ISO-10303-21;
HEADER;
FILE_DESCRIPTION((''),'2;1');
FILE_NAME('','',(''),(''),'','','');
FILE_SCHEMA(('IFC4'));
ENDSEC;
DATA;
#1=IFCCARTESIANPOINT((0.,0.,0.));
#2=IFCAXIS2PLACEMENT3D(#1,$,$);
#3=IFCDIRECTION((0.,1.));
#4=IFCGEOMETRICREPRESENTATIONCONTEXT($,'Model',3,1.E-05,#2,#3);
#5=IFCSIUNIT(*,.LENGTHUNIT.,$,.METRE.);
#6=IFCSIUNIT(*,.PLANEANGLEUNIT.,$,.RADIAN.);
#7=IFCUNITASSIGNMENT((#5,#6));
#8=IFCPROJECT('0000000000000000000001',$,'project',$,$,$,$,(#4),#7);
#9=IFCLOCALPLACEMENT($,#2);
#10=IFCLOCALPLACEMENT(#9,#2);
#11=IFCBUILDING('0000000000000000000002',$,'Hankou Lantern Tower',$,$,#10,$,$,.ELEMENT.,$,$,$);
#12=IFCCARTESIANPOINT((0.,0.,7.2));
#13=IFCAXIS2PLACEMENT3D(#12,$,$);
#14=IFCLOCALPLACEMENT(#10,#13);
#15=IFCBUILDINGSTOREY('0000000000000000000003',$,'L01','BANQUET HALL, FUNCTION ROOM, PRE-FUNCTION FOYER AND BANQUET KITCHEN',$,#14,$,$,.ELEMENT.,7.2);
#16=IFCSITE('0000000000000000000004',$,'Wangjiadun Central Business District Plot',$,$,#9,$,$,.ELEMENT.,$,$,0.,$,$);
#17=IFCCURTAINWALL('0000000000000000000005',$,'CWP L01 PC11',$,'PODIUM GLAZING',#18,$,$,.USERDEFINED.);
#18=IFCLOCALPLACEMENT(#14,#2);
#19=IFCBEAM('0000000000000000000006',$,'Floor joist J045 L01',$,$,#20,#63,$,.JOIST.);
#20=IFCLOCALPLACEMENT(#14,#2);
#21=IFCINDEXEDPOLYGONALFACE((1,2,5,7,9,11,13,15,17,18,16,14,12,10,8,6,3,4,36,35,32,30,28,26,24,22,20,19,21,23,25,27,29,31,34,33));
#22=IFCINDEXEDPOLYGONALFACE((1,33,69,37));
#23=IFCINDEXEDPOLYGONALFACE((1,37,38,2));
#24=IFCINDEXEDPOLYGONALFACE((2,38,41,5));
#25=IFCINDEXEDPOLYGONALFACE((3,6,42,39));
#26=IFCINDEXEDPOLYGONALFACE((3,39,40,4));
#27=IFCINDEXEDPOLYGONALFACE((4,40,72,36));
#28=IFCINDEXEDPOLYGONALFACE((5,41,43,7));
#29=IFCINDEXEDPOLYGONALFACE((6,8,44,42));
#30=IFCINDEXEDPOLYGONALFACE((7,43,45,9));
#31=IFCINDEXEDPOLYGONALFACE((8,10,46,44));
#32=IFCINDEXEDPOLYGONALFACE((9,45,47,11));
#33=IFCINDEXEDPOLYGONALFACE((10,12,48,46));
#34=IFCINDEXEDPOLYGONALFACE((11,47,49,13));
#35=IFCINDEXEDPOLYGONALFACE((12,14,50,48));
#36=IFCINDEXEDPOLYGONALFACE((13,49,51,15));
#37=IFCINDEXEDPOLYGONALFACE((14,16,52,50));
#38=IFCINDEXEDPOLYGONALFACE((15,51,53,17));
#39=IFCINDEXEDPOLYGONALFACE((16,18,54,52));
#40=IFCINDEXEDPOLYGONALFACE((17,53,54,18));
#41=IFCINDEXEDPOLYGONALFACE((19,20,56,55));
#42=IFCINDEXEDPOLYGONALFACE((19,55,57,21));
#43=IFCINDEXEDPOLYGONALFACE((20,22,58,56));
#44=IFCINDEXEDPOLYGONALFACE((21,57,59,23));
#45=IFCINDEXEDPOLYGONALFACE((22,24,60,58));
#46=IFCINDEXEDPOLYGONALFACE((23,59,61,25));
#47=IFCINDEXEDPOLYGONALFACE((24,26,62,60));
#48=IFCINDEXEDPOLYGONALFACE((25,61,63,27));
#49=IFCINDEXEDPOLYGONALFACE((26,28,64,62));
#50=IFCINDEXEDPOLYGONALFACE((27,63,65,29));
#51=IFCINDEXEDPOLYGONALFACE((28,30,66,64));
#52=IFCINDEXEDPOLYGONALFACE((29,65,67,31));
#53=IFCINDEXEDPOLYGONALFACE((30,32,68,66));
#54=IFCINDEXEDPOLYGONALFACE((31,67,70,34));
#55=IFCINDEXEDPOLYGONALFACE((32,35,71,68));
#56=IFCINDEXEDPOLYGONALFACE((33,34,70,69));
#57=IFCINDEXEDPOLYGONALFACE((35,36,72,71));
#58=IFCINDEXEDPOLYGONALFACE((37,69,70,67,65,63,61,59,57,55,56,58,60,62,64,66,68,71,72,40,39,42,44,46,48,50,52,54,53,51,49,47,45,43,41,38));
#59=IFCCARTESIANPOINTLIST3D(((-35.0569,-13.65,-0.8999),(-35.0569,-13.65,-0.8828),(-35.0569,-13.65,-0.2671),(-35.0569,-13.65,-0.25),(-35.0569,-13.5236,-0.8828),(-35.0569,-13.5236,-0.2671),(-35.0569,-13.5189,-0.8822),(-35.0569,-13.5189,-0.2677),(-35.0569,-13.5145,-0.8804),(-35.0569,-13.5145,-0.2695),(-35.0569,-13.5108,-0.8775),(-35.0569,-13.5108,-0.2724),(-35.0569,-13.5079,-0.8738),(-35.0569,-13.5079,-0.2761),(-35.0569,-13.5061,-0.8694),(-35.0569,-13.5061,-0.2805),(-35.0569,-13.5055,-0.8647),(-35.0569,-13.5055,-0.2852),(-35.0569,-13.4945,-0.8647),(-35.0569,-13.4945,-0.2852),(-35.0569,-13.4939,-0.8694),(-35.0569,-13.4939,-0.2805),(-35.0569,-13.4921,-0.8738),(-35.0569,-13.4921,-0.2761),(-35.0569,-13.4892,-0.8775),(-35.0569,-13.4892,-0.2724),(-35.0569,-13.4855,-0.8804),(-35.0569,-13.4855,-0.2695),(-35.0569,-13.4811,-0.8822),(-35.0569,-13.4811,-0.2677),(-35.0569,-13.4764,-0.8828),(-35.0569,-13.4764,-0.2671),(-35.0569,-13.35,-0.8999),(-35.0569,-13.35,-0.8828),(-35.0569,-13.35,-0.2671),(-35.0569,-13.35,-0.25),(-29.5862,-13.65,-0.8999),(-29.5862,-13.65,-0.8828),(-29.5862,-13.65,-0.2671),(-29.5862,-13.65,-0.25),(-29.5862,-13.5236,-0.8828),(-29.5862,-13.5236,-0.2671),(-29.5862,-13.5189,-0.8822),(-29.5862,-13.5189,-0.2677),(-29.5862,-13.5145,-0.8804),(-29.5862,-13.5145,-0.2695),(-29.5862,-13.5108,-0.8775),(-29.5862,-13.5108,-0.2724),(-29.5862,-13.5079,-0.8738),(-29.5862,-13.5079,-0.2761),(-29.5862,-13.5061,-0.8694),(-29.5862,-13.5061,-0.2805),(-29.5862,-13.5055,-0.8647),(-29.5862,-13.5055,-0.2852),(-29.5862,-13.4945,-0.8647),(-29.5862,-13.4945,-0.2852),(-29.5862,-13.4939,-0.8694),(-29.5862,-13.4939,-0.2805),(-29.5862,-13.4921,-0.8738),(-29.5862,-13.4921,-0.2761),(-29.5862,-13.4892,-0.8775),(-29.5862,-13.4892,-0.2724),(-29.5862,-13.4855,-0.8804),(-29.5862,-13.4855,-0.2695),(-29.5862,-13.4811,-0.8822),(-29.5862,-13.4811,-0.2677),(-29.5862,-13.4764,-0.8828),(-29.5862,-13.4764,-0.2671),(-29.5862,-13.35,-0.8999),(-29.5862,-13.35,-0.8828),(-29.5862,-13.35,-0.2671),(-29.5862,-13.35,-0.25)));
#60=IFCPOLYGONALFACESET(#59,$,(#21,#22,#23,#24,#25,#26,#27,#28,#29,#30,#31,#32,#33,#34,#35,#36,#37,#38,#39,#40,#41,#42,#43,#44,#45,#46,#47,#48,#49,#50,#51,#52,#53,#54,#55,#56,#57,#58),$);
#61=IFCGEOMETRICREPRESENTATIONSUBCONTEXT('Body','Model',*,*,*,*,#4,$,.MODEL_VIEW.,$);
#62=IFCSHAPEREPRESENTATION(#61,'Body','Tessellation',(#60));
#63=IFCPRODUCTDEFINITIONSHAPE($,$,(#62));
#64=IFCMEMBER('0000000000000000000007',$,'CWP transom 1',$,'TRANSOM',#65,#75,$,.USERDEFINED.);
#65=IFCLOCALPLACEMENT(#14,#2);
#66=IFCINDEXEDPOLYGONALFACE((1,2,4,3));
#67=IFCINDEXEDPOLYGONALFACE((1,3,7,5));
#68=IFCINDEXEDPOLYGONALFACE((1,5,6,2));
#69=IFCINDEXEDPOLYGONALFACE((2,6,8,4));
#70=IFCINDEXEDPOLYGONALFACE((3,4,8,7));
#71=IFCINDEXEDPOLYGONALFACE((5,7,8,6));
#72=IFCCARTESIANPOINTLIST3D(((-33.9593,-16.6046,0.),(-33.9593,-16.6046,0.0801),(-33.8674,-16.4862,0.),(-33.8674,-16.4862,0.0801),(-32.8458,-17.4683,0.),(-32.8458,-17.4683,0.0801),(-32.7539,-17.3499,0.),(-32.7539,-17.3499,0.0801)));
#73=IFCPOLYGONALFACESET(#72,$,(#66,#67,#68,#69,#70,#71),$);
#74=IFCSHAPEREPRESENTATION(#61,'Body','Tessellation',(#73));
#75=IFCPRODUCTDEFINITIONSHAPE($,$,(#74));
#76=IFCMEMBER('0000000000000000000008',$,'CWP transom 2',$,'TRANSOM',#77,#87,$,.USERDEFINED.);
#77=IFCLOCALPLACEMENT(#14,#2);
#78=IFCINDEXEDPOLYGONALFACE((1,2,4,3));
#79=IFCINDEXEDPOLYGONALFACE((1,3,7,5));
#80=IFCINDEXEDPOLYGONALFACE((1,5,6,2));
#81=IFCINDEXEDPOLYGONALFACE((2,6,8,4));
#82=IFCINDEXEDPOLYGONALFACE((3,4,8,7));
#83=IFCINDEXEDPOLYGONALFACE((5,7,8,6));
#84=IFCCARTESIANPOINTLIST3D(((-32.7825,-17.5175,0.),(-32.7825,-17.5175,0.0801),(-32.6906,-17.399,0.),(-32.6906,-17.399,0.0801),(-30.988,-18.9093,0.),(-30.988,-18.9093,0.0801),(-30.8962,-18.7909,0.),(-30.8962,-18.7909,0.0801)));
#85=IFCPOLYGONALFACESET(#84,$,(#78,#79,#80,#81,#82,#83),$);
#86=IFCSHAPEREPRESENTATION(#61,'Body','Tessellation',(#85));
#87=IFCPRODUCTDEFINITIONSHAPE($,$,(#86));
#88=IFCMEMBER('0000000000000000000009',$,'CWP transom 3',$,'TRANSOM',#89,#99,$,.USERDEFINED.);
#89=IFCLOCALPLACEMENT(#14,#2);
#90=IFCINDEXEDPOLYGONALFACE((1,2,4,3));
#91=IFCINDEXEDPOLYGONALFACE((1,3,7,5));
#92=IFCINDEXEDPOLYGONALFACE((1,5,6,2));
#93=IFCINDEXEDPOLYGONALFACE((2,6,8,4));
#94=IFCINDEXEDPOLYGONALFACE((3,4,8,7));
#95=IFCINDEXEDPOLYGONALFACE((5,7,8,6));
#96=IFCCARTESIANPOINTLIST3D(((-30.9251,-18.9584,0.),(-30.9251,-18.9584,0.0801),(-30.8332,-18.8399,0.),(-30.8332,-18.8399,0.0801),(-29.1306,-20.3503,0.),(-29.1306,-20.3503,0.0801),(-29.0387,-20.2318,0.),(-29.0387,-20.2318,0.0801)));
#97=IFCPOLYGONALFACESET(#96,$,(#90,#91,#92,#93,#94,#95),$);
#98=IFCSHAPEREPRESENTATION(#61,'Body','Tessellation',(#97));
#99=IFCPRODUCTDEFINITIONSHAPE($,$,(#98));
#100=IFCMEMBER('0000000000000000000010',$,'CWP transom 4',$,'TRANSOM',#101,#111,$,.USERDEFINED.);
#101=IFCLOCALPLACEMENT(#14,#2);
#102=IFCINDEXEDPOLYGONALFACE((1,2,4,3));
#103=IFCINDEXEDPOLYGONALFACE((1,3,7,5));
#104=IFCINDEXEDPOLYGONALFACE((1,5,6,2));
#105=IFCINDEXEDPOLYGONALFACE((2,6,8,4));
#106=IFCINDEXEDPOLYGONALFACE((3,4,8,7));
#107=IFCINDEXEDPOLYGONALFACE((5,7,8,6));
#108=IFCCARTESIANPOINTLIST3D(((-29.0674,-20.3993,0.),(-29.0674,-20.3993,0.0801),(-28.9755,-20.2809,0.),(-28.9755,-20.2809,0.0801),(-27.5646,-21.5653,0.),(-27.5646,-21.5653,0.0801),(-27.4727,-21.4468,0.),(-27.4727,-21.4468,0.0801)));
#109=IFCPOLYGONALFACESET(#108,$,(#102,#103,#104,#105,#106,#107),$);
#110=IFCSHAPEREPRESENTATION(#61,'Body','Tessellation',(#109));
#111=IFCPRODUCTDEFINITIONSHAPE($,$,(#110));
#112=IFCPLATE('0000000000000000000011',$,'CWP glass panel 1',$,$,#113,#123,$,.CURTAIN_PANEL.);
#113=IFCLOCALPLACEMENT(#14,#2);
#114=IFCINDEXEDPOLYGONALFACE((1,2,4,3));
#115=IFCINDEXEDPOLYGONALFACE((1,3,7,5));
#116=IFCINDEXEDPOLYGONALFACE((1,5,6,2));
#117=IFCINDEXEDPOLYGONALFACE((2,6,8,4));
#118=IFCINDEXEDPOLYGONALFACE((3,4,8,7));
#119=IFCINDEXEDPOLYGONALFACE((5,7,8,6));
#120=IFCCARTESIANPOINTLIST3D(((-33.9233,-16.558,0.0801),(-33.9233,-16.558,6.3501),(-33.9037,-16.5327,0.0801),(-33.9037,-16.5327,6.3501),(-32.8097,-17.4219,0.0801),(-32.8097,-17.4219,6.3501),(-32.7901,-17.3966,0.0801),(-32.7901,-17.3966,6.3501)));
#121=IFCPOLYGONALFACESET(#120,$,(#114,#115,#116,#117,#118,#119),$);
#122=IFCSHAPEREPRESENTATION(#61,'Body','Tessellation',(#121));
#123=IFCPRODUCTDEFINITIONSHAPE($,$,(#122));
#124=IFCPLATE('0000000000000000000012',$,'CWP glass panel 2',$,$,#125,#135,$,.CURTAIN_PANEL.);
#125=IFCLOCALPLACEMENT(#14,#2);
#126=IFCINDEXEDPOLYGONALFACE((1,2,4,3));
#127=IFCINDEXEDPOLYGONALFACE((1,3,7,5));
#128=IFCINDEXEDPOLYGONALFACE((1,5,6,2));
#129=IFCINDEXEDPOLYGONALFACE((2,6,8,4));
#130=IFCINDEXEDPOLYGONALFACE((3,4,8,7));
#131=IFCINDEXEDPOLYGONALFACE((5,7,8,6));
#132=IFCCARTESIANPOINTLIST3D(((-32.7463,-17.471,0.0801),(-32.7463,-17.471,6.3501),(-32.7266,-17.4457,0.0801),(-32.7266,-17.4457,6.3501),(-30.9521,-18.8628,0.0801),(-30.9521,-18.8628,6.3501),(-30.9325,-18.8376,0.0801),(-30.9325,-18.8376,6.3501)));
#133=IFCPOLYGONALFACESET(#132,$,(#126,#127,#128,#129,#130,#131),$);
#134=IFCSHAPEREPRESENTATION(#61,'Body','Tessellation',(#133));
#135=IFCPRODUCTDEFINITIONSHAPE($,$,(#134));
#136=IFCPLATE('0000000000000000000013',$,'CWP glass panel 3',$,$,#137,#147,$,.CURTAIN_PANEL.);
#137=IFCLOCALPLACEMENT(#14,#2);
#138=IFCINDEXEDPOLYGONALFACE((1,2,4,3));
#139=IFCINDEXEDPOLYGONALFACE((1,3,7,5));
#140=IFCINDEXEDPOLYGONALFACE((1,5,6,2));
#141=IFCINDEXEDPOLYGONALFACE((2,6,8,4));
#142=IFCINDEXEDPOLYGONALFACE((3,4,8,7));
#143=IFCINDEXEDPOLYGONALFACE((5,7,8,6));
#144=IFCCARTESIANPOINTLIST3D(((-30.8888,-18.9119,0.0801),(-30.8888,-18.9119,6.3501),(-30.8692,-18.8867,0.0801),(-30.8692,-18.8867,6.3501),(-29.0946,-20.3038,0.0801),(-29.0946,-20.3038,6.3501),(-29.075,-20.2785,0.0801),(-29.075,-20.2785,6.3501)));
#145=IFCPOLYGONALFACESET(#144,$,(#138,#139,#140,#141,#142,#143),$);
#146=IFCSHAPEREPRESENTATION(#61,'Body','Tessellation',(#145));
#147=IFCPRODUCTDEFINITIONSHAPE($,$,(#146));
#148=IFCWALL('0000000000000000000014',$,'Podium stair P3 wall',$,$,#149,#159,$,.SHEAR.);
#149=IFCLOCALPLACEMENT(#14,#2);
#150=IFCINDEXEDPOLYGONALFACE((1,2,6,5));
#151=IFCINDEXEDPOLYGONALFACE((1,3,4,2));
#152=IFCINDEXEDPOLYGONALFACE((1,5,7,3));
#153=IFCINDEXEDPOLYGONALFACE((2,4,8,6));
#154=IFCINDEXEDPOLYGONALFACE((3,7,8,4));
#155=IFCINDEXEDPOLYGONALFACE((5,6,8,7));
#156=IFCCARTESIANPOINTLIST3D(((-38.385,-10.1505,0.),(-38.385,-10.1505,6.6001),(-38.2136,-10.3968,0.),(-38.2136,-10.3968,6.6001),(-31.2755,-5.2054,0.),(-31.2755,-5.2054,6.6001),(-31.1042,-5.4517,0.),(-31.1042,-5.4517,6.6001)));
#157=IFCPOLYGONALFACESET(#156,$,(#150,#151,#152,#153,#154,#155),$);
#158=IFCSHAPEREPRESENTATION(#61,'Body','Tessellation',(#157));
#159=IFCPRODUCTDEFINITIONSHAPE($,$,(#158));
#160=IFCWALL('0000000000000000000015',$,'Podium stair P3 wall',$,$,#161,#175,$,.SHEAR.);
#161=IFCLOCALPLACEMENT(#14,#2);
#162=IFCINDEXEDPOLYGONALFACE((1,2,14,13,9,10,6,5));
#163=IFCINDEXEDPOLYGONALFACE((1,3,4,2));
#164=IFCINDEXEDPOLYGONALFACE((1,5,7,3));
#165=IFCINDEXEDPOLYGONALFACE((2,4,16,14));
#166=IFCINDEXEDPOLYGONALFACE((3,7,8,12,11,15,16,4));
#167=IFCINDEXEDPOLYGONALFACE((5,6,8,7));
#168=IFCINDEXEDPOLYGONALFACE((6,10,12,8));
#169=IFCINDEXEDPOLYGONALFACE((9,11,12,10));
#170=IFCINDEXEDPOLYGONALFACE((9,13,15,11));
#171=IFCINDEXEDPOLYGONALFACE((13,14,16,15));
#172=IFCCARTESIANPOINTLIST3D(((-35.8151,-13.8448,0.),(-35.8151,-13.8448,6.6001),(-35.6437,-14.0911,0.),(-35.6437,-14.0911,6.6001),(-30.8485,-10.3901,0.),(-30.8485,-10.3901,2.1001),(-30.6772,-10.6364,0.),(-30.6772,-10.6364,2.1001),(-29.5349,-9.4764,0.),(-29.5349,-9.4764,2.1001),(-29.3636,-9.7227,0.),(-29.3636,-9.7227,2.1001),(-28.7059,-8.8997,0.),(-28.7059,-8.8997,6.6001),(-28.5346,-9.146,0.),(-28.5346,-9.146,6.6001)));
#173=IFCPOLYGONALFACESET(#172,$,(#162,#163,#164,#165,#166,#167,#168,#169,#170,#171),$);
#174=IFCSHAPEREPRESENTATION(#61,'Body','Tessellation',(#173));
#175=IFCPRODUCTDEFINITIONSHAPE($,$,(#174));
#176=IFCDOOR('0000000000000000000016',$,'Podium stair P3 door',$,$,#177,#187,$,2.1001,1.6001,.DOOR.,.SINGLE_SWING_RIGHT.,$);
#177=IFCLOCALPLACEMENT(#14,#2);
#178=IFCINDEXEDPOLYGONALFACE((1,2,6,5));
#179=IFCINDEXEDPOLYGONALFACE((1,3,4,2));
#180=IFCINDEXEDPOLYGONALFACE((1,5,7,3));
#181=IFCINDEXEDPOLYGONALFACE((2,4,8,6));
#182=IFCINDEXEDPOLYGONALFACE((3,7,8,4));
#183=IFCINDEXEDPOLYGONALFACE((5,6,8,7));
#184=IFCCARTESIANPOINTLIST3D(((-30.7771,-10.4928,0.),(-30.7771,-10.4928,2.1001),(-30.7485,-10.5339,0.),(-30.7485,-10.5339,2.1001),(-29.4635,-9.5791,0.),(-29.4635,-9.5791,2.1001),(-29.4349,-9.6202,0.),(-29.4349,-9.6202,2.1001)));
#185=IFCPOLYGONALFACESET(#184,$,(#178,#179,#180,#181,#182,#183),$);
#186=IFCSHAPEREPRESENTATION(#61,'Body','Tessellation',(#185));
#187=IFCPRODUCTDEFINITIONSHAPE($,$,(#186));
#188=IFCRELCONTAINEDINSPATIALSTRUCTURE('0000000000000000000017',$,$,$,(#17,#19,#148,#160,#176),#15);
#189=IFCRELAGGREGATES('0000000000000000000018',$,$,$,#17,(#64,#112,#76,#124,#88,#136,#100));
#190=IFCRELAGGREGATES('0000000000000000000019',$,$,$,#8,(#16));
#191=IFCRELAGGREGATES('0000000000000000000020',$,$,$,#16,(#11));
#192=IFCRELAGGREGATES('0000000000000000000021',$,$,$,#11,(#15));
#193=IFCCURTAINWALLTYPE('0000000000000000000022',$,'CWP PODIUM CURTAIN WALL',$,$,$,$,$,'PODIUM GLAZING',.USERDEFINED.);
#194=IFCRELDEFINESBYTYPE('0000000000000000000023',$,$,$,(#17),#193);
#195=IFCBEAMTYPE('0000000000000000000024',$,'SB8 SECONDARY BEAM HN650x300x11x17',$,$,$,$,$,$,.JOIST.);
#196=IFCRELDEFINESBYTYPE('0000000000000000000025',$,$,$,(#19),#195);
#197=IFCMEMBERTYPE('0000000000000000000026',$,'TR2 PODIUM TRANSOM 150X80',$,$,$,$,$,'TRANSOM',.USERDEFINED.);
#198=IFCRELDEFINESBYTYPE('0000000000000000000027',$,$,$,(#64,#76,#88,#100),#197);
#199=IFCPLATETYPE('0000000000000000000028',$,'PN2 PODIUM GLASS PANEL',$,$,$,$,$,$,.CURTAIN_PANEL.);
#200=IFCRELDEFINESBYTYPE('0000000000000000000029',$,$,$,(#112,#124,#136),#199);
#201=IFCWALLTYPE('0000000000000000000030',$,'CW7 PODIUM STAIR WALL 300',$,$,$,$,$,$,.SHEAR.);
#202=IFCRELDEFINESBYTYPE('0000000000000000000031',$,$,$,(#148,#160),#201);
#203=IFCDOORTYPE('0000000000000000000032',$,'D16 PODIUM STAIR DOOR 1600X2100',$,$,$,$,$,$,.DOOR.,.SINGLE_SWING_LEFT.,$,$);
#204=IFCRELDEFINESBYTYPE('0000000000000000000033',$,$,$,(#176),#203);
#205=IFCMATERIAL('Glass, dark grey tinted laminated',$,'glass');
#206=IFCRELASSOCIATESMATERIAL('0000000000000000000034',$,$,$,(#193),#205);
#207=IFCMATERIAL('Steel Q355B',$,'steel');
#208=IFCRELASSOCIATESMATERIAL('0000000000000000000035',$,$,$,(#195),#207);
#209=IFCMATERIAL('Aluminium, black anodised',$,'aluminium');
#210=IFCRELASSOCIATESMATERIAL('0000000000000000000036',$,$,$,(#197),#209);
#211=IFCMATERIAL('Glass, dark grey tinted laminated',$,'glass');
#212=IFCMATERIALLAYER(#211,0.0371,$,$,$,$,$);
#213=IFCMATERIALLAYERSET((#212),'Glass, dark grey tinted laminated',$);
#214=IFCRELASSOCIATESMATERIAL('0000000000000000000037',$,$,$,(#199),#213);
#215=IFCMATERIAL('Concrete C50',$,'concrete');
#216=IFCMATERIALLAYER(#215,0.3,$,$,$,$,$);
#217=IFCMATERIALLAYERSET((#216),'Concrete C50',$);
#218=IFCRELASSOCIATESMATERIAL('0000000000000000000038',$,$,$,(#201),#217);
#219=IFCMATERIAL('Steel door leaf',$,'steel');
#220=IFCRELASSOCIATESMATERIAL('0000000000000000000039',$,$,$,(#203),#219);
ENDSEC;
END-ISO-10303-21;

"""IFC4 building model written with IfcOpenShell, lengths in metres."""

from ifc_helpers import new_model, si_unit, direction, frame, frame_2d, origin, origin_2d, place, context, subcontext, project, spatial, rectangle, i_section, extrude, material, layer, layer_set, material_profile, profile_set, type_object, element, fill, aggregate, save


model = new_model("IFC4")

# Units and contexts
model_context = context("Model", 3, precision=1e-05, world=origin(), true_north=direction((0.0, 1.0)))
body_context = subcontext(model_context, "Body", "Model", "MODEL_VIEW")
ifc_project = project(units=[si_unit("LENGTHUNIT", "METRE"), si_unit("PLANEANGLEUNIT", "RADIAN")], contexts=[model_context])

# Site, building, storey
site_placement = place(None, origin())
site = spatial("IfcSite", under=ifc_project, at=site_placement, Name="Wangjiadun Central Business District Plot", CompositionType="ELEMENT", RefElevation=0.0)
building_placement = place(site_placement, origin())
building = spatial("IfcBuilding", under=site, at=building_placement, Name="Hankou Lantern Tower", CompositionType="ELEMENT")
storey_placement = place(building_placement, frame((0.0, 0.0, 7.2)))
storey = spatial("IfcBuildingStorey", under=building, at=storey_placement, Name="L01", Description="BANQUET HALL, FUNCTION ROOM, PRE-FUNCTION FOYER AND BANQUET KITCHEN", CompositionType="ELEMENT", Elevation=7.2)

# Curtain wall
ifc_material_1 = material(Name="Glass, dark grey tinted laminated", Category="glass")
curtain_wall_type = type_object("IfcCurtainWallType", Name="CWP PODIUM CURTAIN WALL", ElementType="PODIUM GLAZING", PredefinedType="USERDEFINED", material=ifc_material_1)
curtain_wall_placement = place(storey_placement, origin())
curtain_wall = element("IfcCurtainWall", 1, at=curtain_wall_placement, inside=storey, type_object=curtain_wall_type, Name="CWP L01 PC11", ObjectType="PODIUM GLAZING", PredefinedType="USERDEFINED")

# Beam
ifc_material_2 = material(Name="Steel Q355B", Category="steel")
ifc_material_profile_1 = material_profile(ifc_material_2, i_section(OverallWidth=0.3, OverallDepth=0.6499, WebThickness=0.011, FlangeThickness=0.0171, FilletRadius=0.0181, at=origin_2d()), Name="HN650x300x11x17")
ifc_profile_set_1 = profile_set([ifc_material_profile_1], Name="Steel Q355B")
beam_type_1 = type_object("IfcBeamType", Name="SB8 SECONDARY BEAM HN650x300x11x17", PredefinedType="JOIST", material=ifc_profile_set_1)
beam_1_placement = place(storey_placement, frame((-35.0569, -13.5, -0.575), z_axis=(1.0, 0.0, 0.0), x_axis=(0.0, 1.0, 0.0)))
element("IfcBeam", 2, at=beam_1_placement, inside=storey, type_object=beam_type_1, Name="Floor joist J045 L01", PredefinedType="JOIST", context=body_context, shape_type="SweptSolid", body=[
    extrude(i_section(OverallWidth=0.3, OverallDepth=0.6499, WebThickness=0.011, FlangeThickness=0.0171, FilletRadius=0.0181, at=origin_2d()), origin(), (0.0, 0.0, 1.0), 5.4707),
])

# Members
ifc_material_3 = material(Name="Aluminium, black anodised", Category="aluminium")
ifc_material_profile_2 = material_profile(ifc_material_3, rectangle(XDim=0.1499, YDim=0.0801, at=origin_2d()), Name="TR2 150X80")
ifc_profile_set_2 = profile_set([ifc_material_profile_2], Name="Aluminium, black anodised")
member_type_1 = type_object("IfcMemberType", Name="TR2 PODIUM TRANSOM 150X80", ElementType="TRANSOM", PredefinedType="USERDEFINED", material=ifc_profile_set_2)
member_1_placement = place(storey_placement, frame((-33.9133, -16.5454, 0.04), z_axis=(0.790144, -0.612921, 0.0), x_axis=(0.612921, 0.790144, 0.0)))
member_1 = element("IfcMember", 3, at=member_1_placement, type_object=member_type_1, Name="CWP transom 1", ObjectType="TRANSOM", PredefinedType="USERDEFINED", context=body_context, shape_type="SweptSolid", body=[
    extrude(rectangle(XDim=0.1499, YDim=0.0801, at=origin_2d()), origin(), (0.0, 0.0, 1.0), 1.4092),
])
member_2_placement = place(storey_placement, frame((-32.7366, -17.4583, 0.04), z_axis=(0.790168, -0.612891, 0.0), x_axis=(0.612891, 0.790168, 0.0)))
member_2 = element("IfcMember", 4, at=member_2_placement, type_object=member_type_1, Name="CWP transom 2", ObjectType="TRANSOM", PredefinedType="USERDEFINED", context=body_context, shape_type="SweptSolid", body=[
    extrude(rectangle(XDim=0.1499, YDim=0.0801, at=origin_2d()), origin(), (0.0, 0.0, 1.0), 2.271),
])
member_3_placement = place(storey_placement, frame((-30.8792, -18.8992, 0.04), z_axis=(0.790168, -0.612891, 0.0), x_axis=(0.612891, 0.790168, 0.0)))
member_3 = element("IfcMember", 5, at=member_3_placement, type_object=member_type_1, Name="CWP transom 3", ObjectType="TRANSOM", PredefinedType="USERDEFINED", context=body_context, shape_type="SweptSolid", body=[
    extrude(rectangle(XDim=0.1499, YDim=0.0801, at=origin_2d()), origin(), (0.0, 0.0, 1.0), 2.271),
])
member_4_placement = place(storey_placement, frame((-29.0215, -20.3401, 0.04), z_axis=(0.790098, -0.612981, 0.0), x_axis=(0.612981, 0.790098, 0.0)))
member_4 = element("IfcMember", 6, at=member_4_placement, type_object=member_type_1, Name="CWP transom 4", ObjectType="TRANSOM", PredefinedType="USERDEFINED", context=body_context, shape_type="SweptSolid", body=[
    extrude(rectangle(XDim=0.1499, YDim=0.0801, at=origin_2d()), origin(), (0.0, 0.0, 1.0), 1.9021),
])

# Plates
ifc_material_4 = material(Name="Glass, dark grey tinted laminated", Category="glass")
ifc_layer_1 = layer(ifc_material_4, 0.0371)
ifc_layer_set_1 = layer_set([ifc_layer_1], Name="Glass, dark grey tinted laminated")
plate_type = type_object("IfcPlateType", Name="PN2 PODIUM GLASS PANEL", PredefinedType="CURTAIN_PANEL", material=ifc_layer_set_1)
plate_1_placement = place(storey_placement, frame((-33.3567, -16.9773, 0.0801), z_axis=(0.0, 0.0, 1.0), x_axis=(0.79013, -0.61294, 0.0)))
plate_1 = element("IfcPlate", 7, at=plate_1_placement, type_object=plate_type, Name="CWP glass panel 1", PredefinedType="CURTAIN_PANEL", context=body_context, shape_type="SweptSolid", body=[
    extrude(rectangle(XDim=1.4094, YDim=0.032, at=origin_2d()), origin(), (0.0, 0.0, 1.0), 6.27),
])
plate_2_placement = place(storey_placement, frame((-31.8394, -18.1543, 0.0801), z_axis=(0.0, 0.0, 1.0), x_axis=(0.79013, -0.61294, 0.0)))
plate_2 = element("IfcPlate", 8, at=plate_2_placement, type_object=plate_type, Name="CWP glass panel 2", PredefinedType="CURTAIN_PANEL", context=body_context, shape_type="SweptSolid", body=[
    extrude(rectangle(XDim=2.2708, YDim=0.032, at=origin_2d()), origin(), (0.0, 0.0, 1.0), 6.27),
])
plate_3_placement = place(storey_placement, frame((-29.9819, -19.5952, 0.0801), z_axis=(0.0, 0.0, 1.0), x_axis=(0.79013, -0.61294, 0.0)))
plate_3 = element("IfcPlate", 9, at=plate_3_placement, type_object=plate_type, Name="CWP glass panel 3", PredefinedType="CURTAIN_PANEL", context=body_context, shape_type="SweptSolid", body=[
    extrude(rectangle(XDim=2.2708, YDim=0.032, at=origin_2d()), origin(), (0.0, 0.0, 1.0), 6.27),
])
aggregate(curtain_wall, [member_1, plate_1, member_2, plate_2, member_3, plate_3, member_4])

# Wall
ifc_material_5 = material(Name="Concrete C50", Category="concrete")
ifc_layer_2 = layer(ifc_material_5, 0.3)
ifc_layer_set_2 = layer_set([ifc_layer_2], Name="Concrete C50")
wall_type = type_object("IfcWallType", Name="CW7 PODIUM STAIR WALL 300", PredefinedType="SHEAR", material=ifc_layer_set_2)
wall_1_placement = place(storey_placement, frame((-38.2993, -10.2737, 0.0), z_axis=(0.0, 0.0, 1.0), x_axis=(0.820937, 0.571019, 0.0)))
element("IfcWall", 10, at=wall_1_placement, inside=storey, type_object=wall_type, Name="Podium stair P3 wall", PredefinedType="SHEAR", context=body_context, shape_type="SweptSolid", body=[
    extrude(rectangle(XDim=8.6602, YDim=0.3, at=frame_2d((4.3301, 0.0))), origin(), (0.0, 0.0, 1.0), 6.6001),
])

# Wall, opening, door
wall_2_placement = place(storey_placement, frame((-35.7295, -13.968, 0.0), z_axis=(0.0, 0.0, 1.0), x_axis=(0.820928, 0.571032, 0.0)))
wall_2 = element("IfcWall", 11, at=wall_2_placement, inside=storey, type_object=wall_type, Name="Podium stair P3 wall", PredefinedType="SHEAR", context=body_context, shape_type="SweptSolid", body=[
    extrude(rectangle(XDim=8.6599, YDim=0.3, at=frame_2d((4.3301, 0.0))), origin(), (0.0, 0.0, 1.0), 6.6001),
])
opening_placement = place(wall_2_placement, frame((6.05, 0.0, 0.0)))
opening = element("IfcOpeningElement", 12, at=opening_placement, cuts=wall_2, PredefinedType="OPENING", context=body_context, shape_type="SweptSolid", body=[
    extrude(rectangle(XDim=1.6001, YDim=2.1001, at=frame_2d((0.8, 1.05))), frame((0.0, 0.1599, 0.0), z_axis=(0.0, -1.0, 0.0), x_axis=(1.0, 0.0, 0.0)), (0.0, 0.0, 1.0), 0.3201),
])
ifc_material_6 = material(Name="Steel door leaf", Category="steel")
door_type = type_object("IfcDoorType", Name="D16 PODIUM STAIR DOOR 1600X2100", OperationType="SINGLE_SWING_LEFT", PredefinedType="DOOR", material=ifc_material_6)
door_placement = place(opening_placement, origin())
door = element("IfcDoor", 13, at=door_placement, inside=storey, type_object=door_type, Name="Podium stair P3 door", OperationType="SINGLE_SWING_RIGHT", OverallHeight=2.1001, OverallWidth=1.6001, PredefinedType="DOOR", context=body_context, shape_type="SweptSolid", body=[
    extrude(rectangle(XDim=1.6001, YDim=2.1001, at=frame_2d((0.8, 1.05))), frame((0.0, 0.0249, 0.0), z_axis=(0.0, -1.0, 0.0), x_axis=(1.0, 0.0, 0.0)), (0.0, 0.0, 1.0), 0.05),
])
fill(opening, door)

save(model, "model.ifc")
